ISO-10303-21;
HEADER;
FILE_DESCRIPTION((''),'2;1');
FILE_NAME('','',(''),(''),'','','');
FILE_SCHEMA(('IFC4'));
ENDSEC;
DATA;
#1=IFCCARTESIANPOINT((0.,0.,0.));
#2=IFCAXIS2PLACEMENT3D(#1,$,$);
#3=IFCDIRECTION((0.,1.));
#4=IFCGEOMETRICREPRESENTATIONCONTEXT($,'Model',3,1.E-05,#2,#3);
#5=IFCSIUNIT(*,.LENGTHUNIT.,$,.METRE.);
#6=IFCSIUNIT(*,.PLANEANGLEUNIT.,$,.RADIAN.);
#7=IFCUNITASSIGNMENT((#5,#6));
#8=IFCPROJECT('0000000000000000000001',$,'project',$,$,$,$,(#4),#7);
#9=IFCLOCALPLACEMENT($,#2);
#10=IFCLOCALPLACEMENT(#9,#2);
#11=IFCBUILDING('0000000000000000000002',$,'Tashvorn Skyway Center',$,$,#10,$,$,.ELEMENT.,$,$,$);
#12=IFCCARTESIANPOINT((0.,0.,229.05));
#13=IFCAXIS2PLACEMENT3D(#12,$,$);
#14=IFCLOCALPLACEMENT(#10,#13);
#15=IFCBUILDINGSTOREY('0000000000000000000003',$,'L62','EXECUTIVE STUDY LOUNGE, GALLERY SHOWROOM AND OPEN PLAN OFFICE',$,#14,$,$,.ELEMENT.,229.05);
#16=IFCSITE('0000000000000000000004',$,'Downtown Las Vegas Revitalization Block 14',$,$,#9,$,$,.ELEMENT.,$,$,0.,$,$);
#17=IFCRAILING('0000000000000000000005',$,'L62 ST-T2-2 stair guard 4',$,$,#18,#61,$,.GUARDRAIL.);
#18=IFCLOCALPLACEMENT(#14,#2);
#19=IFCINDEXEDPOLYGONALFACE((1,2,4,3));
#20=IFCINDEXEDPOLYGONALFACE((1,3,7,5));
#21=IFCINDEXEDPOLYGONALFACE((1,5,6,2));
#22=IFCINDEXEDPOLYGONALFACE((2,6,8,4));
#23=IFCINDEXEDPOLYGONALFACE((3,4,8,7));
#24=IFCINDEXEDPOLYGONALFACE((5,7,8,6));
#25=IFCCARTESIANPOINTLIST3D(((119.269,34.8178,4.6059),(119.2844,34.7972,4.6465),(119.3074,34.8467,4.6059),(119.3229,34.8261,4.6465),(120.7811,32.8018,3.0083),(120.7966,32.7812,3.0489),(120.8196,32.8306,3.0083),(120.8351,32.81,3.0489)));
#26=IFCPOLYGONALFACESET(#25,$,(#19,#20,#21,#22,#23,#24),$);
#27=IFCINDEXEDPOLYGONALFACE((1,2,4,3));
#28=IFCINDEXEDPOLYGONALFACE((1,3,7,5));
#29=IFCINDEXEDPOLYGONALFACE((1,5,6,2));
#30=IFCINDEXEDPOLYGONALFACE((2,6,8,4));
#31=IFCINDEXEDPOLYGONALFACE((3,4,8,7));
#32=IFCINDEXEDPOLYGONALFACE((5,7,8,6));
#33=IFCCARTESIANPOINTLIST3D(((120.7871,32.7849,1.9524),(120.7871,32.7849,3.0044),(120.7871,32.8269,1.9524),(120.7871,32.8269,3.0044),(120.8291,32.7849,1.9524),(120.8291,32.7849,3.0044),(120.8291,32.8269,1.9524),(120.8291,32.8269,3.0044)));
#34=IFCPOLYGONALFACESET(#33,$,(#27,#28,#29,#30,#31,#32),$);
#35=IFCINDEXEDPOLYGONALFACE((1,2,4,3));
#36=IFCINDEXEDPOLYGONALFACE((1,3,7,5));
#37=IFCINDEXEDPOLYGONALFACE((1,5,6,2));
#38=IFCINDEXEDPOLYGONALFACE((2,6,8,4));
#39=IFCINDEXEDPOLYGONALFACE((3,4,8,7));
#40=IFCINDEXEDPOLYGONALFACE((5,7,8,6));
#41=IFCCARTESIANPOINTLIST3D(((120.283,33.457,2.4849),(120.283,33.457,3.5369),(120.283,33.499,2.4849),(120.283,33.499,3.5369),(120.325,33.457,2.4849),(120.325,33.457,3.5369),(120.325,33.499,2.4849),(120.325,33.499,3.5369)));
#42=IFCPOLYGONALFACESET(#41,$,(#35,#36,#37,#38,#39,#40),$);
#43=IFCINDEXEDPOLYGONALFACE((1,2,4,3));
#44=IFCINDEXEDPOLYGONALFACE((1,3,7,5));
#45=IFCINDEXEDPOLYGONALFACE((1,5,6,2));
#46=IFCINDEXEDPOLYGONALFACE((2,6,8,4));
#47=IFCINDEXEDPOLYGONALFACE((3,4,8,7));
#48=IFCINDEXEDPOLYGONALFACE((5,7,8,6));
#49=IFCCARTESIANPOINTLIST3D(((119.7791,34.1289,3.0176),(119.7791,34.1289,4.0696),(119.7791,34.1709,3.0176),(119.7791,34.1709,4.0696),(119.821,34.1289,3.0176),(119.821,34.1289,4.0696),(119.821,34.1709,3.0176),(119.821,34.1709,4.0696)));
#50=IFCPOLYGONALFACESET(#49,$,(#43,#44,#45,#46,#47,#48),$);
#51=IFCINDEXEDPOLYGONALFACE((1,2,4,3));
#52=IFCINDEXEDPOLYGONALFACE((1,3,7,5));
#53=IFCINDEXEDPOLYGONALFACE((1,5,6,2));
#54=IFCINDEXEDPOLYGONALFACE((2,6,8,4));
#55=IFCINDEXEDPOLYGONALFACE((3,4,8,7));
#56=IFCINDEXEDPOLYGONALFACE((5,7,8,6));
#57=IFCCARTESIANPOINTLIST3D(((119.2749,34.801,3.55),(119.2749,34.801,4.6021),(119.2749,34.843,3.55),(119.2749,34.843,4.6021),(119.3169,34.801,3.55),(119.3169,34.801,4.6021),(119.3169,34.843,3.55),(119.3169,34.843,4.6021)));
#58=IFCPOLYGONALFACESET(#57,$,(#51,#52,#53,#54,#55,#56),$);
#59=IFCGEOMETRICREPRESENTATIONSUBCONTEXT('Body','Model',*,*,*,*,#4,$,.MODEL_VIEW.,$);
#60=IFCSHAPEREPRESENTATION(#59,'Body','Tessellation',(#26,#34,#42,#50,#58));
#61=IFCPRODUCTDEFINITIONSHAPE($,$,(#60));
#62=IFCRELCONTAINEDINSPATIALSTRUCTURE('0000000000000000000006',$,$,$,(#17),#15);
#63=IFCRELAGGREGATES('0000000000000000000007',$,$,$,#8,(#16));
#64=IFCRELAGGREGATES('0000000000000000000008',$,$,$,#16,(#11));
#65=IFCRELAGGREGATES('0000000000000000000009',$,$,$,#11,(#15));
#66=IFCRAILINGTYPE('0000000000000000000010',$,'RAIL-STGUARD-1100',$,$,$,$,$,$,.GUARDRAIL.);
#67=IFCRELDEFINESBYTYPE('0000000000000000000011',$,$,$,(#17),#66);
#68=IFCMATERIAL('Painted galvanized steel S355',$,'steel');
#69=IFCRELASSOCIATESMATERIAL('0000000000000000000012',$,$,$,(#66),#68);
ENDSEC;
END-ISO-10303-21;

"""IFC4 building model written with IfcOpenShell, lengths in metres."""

from ifc_helpers import new_model, si_unit, direction, frame, origin, origin_2d, place, context, subcontext, project, spatial, rectangle, extrude, material, type_object, element, save


model = new_model("IFC4")

# Units and contexts
model_context = context("Model", 3, precision=1e-05, world=origin(), true_north=direction((0.0, 1.0)))
body_context = subcontext(model_context, "Body", "Model", "MODEL_VIEW")
ifc_project = project(units=[si_unit("LENGTHUNIT", "METRE"), si_unit("PLANEANGLEUNIT", "RADIAN")], contexts=[model_context])

# Site, building, storey
site_placement = place(None, origin())
site = spatial("IfcSite", under=ifc_project, at=site_placement, Name="Downtown Las Vegas Revitalization Block 14", CompositionType="ELEMENT", RefElevation=0.0)
building_placement = place(site_placement, origin())
building = spatial("IfcBuilding", under=site, at=building_placement, Name="Tashvorn Skyway Center", CompositionType="ELEMENT")
storey_placement = place(building_placement, frame((0.0, 0.0, 229.05)))
storey = spatial("IfcBuildingStorey", under=building, at=storey_placement, Name="L62", Description="EXECUTIVE STUDY LOUNGE, GALLERY SHOWROOM AND OPEN PLAN OFFICE", CompositionType="ELEMENT", Elevation=229.05)

# Railing
ifc_material_1 = material(Name="Painted galvanized steel S355", Category="steel")
railing_type_1 = type_object("IfcRailingType", Name="RAIL-STGUARD-1100", PredefinedType="GUARDRAIL", material=ifc_material_1)
railing_1_placement = place(storey_placement, frame((120.8081, 32.8059, 1.9524)))
element("IfcRailing", 1, at=railing_1_placement, inside=storey, type_object=railing_type_1, Name="L62 ST-T2-2 stair guard 4", PredefinedType="GUARDRAIL", context=body_context, shape_type="SweptSolid", body=[
    extrude(rectangle(XDim=0.0481, YDim=0.0481, at=origin_2d()), frame((0.0, 0.0, 1.0762), z_axis=(-0.506779, 0.675651, 0.535416), x_axis=(-0.799977, -0.600031, 0.0)), (0.0, 0.0, 1.0), 2.9839),
    extrude(rectangle(XDim=0.042, YDim=0.042, at=origin_2d()), origin(), (0.0, 0.0, 1.0), 1.052),
    extrude(rectangle(XDim=0.042, YDim=0.042, at=origin_2d()), frame((-0.5042, 0.6721, 0.5325)), (0.0, 0.0, 1.0), 1.052),
    extrude(rectangle(XDim=0.042, YDim=0.042, at=origin_2d()), frame((-1.0081, 1.344, 1.0652)), (0.0, 0.0, 1.0), 1.052),
    extrude(rectangle(XDim=0.042, YDim=0.042, at=origin_2d()), frame((-1.5122, 2.0161, 1.5977)), (0.0, 0.0, 1.0), 1.052),
])

save(model, "model.ifc")
